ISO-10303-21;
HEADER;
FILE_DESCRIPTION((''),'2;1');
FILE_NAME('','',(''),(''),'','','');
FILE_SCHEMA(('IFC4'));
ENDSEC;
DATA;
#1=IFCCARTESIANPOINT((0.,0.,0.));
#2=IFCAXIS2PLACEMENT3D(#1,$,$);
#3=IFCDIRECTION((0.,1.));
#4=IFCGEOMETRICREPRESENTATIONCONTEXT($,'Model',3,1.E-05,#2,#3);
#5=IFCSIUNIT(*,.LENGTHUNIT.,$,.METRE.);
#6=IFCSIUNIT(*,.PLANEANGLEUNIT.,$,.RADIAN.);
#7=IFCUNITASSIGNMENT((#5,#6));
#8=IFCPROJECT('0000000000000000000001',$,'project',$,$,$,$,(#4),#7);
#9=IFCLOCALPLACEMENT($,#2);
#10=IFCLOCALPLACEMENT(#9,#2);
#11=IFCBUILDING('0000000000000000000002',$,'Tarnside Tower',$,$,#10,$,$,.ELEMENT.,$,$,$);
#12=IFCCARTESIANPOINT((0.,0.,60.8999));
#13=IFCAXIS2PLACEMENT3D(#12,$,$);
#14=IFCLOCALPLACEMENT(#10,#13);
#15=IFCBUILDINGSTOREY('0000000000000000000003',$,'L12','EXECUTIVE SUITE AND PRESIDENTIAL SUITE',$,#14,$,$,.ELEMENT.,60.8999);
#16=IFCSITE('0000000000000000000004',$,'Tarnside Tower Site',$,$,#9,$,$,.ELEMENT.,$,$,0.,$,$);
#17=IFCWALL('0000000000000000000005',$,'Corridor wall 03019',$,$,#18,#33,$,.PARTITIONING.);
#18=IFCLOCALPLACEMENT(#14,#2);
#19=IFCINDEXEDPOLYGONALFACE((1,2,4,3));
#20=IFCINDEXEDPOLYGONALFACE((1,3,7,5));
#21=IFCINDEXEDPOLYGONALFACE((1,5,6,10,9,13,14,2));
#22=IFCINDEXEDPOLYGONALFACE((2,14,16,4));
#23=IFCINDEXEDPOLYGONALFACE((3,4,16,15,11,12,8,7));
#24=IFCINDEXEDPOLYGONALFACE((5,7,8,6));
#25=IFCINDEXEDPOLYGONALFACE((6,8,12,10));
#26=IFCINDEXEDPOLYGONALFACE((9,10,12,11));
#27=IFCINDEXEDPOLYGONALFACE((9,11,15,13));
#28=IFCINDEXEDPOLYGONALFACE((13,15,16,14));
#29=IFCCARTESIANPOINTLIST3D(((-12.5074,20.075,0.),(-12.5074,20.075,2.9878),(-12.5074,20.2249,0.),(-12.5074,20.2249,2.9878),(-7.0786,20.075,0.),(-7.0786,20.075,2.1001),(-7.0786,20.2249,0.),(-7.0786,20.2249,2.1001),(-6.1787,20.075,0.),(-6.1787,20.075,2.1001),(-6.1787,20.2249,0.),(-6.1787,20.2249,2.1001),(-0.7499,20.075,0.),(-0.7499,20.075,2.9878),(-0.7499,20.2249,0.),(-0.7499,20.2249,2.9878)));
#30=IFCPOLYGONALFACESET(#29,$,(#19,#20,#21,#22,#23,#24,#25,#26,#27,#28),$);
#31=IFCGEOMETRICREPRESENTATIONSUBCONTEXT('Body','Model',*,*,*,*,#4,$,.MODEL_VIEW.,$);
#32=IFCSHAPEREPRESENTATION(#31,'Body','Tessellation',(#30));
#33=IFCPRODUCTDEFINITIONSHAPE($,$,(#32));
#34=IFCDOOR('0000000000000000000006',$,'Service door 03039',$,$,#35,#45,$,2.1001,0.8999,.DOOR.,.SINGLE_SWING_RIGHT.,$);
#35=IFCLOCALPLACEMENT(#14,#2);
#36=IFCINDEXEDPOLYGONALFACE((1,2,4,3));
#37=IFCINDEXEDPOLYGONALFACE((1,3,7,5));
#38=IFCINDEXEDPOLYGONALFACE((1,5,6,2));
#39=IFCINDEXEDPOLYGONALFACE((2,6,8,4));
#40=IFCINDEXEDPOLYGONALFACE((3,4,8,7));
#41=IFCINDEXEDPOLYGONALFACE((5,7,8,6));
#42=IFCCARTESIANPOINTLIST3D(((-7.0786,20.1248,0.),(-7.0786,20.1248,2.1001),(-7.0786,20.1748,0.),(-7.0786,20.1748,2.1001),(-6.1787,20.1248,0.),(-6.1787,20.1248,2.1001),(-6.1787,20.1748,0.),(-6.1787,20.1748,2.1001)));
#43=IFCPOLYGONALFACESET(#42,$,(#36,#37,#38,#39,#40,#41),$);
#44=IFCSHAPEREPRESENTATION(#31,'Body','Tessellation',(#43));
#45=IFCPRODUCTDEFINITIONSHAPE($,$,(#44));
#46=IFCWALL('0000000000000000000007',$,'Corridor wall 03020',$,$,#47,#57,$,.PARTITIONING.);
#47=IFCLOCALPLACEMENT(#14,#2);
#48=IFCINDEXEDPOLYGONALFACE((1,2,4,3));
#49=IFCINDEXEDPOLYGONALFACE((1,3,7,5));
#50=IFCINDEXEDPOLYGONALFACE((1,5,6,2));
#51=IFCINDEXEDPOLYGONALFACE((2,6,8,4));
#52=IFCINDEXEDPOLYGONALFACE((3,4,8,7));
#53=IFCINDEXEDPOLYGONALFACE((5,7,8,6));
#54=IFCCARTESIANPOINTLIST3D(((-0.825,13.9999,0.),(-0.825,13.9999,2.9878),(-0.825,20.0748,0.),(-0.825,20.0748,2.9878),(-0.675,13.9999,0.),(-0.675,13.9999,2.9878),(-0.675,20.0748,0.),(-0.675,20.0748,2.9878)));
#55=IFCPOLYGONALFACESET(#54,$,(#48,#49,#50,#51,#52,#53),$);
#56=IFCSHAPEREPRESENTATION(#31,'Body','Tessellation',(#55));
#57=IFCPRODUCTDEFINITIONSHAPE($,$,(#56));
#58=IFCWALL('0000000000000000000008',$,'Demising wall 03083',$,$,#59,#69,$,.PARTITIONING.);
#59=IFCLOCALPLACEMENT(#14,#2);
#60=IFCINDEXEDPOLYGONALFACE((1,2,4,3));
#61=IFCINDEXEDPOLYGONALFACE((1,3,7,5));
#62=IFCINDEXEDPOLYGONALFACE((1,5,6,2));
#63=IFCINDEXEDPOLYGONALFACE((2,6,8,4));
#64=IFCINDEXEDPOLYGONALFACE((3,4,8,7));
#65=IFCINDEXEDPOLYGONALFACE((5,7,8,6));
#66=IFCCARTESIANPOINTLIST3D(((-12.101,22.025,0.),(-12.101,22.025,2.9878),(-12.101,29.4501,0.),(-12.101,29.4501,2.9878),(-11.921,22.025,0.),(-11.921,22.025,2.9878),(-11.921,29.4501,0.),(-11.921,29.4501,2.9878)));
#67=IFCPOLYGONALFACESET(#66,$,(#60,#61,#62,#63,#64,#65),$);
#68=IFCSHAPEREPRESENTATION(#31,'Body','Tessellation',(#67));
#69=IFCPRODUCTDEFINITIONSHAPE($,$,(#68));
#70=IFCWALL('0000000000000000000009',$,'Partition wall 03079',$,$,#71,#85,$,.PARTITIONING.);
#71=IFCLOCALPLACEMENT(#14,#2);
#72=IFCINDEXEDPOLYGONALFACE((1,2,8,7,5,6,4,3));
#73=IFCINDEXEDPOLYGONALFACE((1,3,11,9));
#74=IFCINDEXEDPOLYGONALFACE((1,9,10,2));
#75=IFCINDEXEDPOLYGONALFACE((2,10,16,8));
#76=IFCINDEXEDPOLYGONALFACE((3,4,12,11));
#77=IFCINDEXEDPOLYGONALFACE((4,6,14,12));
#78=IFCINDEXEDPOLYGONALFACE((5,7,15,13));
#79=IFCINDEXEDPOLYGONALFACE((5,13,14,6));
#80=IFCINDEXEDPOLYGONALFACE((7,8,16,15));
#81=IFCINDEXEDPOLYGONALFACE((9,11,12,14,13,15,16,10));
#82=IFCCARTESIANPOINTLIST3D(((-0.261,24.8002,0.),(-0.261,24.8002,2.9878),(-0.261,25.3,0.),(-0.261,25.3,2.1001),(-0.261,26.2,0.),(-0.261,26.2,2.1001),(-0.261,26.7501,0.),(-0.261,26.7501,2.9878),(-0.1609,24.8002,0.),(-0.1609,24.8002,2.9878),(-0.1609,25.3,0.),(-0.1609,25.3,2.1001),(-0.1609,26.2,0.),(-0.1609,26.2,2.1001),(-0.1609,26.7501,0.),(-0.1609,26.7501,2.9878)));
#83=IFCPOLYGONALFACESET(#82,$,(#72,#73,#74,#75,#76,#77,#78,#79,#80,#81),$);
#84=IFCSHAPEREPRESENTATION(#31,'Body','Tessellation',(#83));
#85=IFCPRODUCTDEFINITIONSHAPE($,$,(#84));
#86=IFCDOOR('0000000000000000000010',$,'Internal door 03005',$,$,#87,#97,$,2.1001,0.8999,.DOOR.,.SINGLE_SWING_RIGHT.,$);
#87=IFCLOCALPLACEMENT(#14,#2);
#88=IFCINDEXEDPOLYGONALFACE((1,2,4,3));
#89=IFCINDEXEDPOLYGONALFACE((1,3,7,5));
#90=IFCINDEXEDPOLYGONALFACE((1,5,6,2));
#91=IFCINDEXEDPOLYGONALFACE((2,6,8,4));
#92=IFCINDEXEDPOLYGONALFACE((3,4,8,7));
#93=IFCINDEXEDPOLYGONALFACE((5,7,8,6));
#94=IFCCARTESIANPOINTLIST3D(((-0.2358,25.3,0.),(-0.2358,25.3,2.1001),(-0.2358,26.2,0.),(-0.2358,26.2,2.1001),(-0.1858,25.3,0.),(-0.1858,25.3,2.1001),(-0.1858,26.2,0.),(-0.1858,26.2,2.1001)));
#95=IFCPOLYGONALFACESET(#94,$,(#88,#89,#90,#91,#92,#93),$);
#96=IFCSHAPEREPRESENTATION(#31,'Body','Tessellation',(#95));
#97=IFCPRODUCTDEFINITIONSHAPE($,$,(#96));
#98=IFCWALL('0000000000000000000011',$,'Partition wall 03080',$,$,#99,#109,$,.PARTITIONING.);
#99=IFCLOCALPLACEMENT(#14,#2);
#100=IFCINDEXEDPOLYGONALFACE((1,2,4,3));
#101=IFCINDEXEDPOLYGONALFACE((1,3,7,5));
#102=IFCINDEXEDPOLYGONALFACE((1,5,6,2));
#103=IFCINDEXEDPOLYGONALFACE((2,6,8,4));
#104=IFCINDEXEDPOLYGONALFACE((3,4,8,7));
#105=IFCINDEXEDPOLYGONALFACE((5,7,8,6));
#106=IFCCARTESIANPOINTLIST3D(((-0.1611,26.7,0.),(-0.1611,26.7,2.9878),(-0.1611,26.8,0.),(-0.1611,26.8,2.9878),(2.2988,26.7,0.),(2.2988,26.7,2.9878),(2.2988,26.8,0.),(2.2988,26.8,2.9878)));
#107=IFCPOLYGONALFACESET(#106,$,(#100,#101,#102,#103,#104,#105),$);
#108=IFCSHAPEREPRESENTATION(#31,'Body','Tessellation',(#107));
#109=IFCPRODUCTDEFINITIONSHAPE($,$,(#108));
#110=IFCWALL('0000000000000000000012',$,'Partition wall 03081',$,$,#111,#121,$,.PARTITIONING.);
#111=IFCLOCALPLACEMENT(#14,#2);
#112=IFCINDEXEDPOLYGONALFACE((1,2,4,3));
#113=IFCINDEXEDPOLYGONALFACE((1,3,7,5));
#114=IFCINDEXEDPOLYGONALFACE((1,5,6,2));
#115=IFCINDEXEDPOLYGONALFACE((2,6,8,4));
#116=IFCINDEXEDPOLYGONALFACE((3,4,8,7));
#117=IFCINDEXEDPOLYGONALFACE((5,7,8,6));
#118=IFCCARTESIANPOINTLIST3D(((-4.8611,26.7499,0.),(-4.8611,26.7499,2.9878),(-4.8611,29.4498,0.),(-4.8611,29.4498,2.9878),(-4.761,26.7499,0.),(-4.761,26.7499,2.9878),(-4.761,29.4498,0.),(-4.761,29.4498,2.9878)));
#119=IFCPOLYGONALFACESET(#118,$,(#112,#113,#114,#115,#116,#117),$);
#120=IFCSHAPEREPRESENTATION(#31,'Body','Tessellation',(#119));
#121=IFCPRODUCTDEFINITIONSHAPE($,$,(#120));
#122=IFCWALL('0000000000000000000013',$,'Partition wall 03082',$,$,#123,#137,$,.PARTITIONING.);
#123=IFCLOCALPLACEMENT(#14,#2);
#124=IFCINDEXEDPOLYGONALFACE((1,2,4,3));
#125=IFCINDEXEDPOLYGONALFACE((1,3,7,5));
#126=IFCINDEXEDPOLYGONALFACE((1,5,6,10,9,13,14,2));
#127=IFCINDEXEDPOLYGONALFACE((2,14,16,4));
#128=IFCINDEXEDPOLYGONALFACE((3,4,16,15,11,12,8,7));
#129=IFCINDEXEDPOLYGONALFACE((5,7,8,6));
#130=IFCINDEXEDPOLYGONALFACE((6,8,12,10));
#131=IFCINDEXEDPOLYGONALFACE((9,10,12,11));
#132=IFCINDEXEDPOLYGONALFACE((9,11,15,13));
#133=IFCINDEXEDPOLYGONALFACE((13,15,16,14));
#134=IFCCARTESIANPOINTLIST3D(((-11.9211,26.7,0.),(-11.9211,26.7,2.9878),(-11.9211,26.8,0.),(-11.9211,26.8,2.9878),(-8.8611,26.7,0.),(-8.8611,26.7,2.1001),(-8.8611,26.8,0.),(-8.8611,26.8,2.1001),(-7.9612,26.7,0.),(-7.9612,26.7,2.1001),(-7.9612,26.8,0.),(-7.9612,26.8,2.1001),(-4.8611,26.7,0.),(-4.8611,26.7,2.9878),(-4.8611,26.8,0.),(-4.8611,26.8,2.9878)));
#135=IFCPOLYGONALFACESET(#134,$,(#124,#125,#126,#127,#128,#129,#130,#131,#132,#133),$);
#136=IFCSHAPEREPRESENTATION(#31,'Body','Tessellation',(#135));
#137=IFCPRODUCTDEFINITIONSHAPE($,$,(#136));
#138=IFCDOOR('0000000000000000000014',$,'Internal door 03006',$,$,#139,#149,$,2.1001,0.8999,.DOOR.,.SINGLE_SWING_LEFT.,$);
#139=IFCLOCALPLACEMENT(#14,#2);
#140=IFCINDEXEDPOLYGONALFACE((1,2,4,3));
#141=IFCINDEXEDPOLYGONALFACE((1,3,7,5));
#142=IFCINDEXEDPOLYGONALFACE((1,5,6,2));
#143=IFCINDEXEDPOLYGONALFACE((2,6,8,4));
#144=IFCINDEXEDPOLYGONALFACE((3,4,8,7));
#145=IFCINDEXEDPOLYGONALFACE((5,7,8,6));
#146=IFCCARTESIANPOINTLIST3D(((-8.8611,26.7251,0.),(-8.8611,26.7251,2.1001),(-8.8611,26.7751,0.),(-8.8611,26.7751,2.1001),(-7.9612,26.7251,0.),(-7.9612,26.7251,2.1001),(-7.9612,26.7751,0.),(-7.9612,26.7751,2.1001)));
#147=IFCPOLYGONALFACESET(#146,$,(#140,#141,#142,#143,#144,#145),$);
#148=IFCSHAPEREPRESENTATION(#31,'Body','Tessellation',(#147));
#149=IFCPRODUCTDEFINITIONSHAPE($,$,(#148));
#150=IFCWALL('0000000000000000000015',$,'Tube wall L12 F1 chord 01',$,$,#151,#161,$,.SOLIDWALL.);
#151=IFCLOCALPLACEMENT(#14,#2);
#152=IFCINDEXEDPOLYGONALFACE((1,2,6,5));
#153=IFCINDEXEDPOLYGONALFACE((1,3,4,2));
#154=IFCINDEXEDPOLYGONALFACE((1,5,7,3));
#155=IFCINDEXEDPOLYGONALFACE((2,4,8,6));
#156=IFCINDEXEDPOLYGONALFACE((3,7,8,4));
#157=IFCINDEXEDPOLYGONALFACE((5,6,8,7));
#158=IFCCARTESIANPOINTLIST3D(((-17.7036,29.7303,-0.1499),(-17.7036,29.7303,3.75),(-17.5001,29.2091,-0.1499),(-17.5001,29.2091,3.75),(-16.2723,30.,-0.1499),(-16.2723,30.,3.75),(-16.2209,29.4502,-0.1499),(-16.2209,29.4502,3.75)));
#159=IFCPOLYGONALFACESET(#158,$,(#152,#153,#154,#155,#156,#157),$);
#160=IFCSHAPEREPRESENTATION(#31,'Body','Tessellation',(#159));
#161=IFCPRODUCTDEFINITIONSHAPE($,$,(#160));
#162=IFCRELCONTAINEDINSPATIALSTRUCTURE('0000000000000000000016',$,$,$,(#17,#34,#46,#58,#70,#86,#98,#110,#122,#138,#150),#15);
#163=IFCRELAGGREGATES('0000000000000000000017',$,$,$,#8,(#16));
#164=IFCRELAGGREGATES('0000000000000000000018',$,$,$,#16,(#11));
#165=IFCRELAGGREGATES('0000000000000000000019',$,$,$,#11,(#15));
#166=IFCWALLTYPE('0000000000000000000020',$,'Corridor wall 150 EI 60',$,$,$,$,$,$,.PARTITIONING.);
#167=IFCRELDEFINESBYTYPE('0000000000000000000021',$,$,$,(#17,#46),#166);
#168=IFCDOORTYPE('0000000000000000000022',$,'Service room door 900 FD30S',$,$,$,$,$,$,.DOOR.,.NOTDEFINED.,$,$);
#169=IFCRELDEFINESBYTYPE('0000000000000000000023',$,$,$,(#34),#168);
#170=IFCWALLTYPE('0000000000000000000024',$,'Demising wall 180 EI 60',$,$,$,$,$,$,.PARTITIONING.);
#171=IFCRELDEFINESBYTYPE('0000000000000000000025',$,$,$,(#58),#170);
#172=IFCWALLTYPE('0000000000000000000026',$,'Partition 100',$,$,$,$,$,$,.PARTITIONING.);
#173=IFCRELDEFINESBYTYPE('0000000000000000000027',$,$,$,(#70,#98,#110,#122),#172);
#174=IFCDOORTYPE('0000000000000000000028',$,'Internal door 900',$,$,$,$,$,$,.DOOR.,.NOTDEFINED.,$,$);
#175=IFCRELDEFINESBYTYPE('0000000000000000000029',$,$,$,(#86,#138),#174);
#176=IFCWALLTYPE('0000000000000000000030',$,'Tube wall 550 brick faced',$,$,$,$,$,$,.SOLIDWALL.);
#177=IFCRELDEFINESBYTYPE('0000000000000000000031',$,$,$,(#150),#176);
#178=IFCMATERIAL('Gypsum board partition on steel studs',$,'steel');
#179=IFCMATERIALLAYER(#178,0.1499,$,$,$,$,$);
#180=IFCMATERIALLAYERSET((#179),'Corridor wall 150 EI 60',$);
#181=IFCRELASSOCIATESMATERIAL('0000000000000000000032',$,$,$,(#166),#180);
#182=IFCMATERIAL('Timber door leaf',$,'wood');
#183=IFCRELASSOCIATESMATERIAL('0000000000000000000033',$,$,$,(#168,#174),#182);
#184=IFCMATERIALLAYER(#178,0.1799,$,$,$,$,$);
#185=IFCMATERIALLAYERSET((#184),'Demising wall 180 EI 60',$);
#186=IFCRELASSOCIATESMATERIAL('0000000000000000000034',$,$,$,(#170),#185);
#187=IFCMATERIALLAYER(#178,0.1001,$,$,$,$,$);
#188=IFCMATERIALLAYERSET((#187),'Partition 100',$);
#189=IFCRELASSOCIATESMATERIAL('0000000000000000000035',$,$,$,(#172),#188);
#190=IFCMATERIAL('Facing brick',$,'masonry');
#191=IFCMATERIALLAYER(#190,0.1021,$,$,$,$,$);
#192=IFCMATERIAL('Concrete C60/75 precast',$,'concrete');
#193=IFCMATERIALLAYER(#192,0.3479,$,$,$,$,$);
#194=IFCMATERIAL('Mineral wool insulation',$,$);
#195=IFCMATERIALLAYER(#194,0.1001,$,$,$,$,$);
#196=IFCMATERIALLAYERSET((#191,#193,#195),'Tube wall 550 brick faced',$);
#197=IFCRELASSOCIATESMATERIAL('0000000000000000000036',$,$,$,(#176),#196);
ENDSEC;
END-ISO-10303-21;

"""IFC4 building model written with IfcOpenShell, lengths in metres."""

from ifc_helpers import new_model, si_unit, direction, frame, frame_2d, origin, place, context, subcontext, project, spatial, polyline, rectangle, outline, extrude, material, layer, layer_set, type_object, element, fill, save


model = new_model("IFC4")

# Units and contexts
model_context = context("Model", 3, precision=1e-05, world=origin(), true_north=direction((0.0, 1.0)))
body_context = subcontext(model_context, "Body", "Model", "MODEL_VIEW")
ifc_project = project(units=[si_unit("LENGTHUNIT", "METRE"), si_unit("PLANEANGLEUNIT", "RADIAN")], contexts=[model_context])

# Site, building, storey
site_placement = place(None, origin())
site = spatial("IfcSite", under=ifc_project, at=site_placement, Name="Tarnside Tower Site", CompositionType="ELEMENT", RefElevation=0.0)
building_placement = place(site_placement, origin())
building = spatial("IfcBuilding", under=site, at=building_placement, Name="Tarnside Tower", CompositionType="ELEMENT")
storey_placement = place(building_placement, frame((0.0, 0.0, 60.8999)))
storey = spatial("IfcBuildingStorey", under=building, at=storey_placement, Name="L12", Description="EXECUTIVE SUITE AND PRESIDENTIAL SUITE", CompositionType="ELEMENT", Elevation=60.8999)

# Shared definitions
ifc_material_1 = material(Name="Gypsum board partition on steel studs", Category="steel")
ifc_material_2 = material(Name="Timber door leaf", Category="wood")

# Shared definitions
ifc_layer_1 = layer(ifc_material_1, 0.1499)
ifc_layer_set_1 = layer_set([ifc_layer_1], Name="Corridor wall 150 EI 60")
wall_type_1 = type_object("IfcWallType", Name="Corridor wall 150 EI 60", PredefinedType="PARTITIONING", material=ifc_layer_set_1)

# Wall, opening, door
wall_1_placement = place(storey_placement, frame((-12.5076, 20.1499, 0.0), z_axis=(0.0, 0.0, 1.0), x_axis=(1.0, 0.0, 0.0)))
wall_1 = element("IfcWall", 1, at=wall_1_placement, inside=storey, type_object=wall_type_1, Name="Corridor wall 03019", PredefinedType="PARTITIONING", context=body_context, shape_type="SweptSolid", body=[
    extrude(rectangle(XDim=11.7576, YDim=0.1499, at=frame_2d((5.8789, 0.0))), origin(), (0.0, 0.0, 1.0), 2.9878),
])
opening_1_placement = place(wall_1_placement, frame((5.429, 0.0, 0.0)))
opening_1 = element("IfcOpeningElement", 2, at=opening_1_placement, cuts=wall_1, PredefinedType="OPENING", context=body_context, shape_type="SweptSolid", body=[
    extrude(rectangle(XDim=0.8999, YDim=2.1001, at=frame_2d((0.45, 1.05))), frame((0.0, 0.085, 0.0), z_axis=(0.0, -1.0, 0.0), x_axis=(1.0, 0.0, 0.0)), (0.0, 0.0, 1.0), 0.1699),
])
door_type_1 = type_object("IfcDoorType", Name="Service room door 900 FD30S", OperationType="NOTDEFINED", PredefinedType="DOOR", material=ifc_material_2)
door_1_placement = place(opening_1_placement, origin())
door_1 = element("IfcDoor", 3, at=door_1_placement, inside=storey, type_object=door_type_1, Name="Service door 03039", OperationType="SINGLE_SWING_RIGHT", OverallHeight=2.1001, OverallWidth=0.8999, PredefinedType="DOOR", context=body_context, shape_type="SweptSolid", body=[
    extrude(rectangle(XDim=0.8999, YDim=2.1001, at=frame_2d((0.45, 1.05))), frame((0.0, 0.0249, 0.0), z_axis=(0.0, -1.0, 0.0), x_axis=(1.0, 0.0, 0.0)), (0.0, 0.0, 1.0), 0.05),
])
fill(opening_1, door_1)

# Walls
wall_2_placement = place(storey_placement, frame((-0.75, 20.075, 0.0), z_axis=(0.0, 0.0, 1.0), x_axis=(0.0, -1.0, 0.0)))
element("IfcWall", 4, at=wall_2_placement, inside=storey, type_object=wall_type_1, Name="Corridor wall 03020", PredefinedType="PARTITIONING", context=body_context, shape_type="SweptSolid", body=[
    extrude(rectangle(XDim=6.075, YDim=0.1499, at=frame_2d((3.0376, 0.0))), origin(), (0.0, 0.0, 1.0), 2.9878),
])
ifc_layer_2 = layer(ifc_material_1, 0.1799)
ifc_layer_set_2 = layer_set([ifc_layer_2], Name="Demising wall 180 EI 60")
wall_type_2 = type_object("IfcWallType", Name="Demising wall 180 EI 60", PredefinedType="PARTITIONING", material=ifc_layer_set_2)
wall_3_placement = place(storey_placement, frame((-12.011, 29.45, 0.0), z_axis=(0.0, 0.0, 1.0), x_axis=(0.0, -1.0, 0.0)))
element("IfcWall", 5, at=wall_3_placement, inside=storey, type_object=wall_type_2, Name="Demising wall 03083", PredefinedType="PARTITIONING", context=body_context, shape_type="SweptSolid", body=[
    extrude(rectangle(XDim=7.425, YDim=0.1799, at=frame_2d((3.7124, 0.0))), origin(), (0.0, 0.0, 1.0), 2.9878),
])

# Wall, opening, door
ifc_layer_3 = layer(ifc_material_1, 0.1001)
ifc_layer_set_3 = layer_set([ifc_layer_3], Name="Partition 100")
wall_type_3 = type_object("IfcWallType", Name="Partition 100", PredefinedType="PARTITIONING", material=ifc_layer_set_3)
wall_4_placement = place(storey_placement, frame((-0.2109, 24.8, 0.0), z_axis=(0.0, 0.0, 1.0), x_axis=(0.0, 1.0, 0.0)))
wall_4 = element("IfcWall", 6, at=wall_4_placement, inside=storey, type_object=wall_type_3, Name="Partition wall 03079", PredefinedType="PARTITIONING", context=body_context, shape_type="SweptSolid", body=[
    extrude(rectangle(XDim=1.95, YDim=0.1001, at=frame_2d((0.9751, 0.0))), origin(), (0.0, 0.0, 1.0), 2.9878),
])
opening_2_placement = place(wall_4_placement, frame((0.5, 0.0, 0.0)))
opening_2 = element("IfcOpeningElement", 7, at=opening_2_placement, cuts=wall_4, PredefinedType="OPENING", context=body_context, shape_type="SweptSolid", body=[
    extrude(rectangle(XDim=0.8999, YDim=2.1001, at=frame_2d((0.45, 1.05))), frame((0.0, 0.0601, 0.0), z_axis=(0.0, -1.0, 0.0), x_axis=(1.0, 0.0, 0.0)), (0.0, 0.0, 1.0), 0.1201),
])
door_type_2 = type_object("IfcDoorType", Name="Internal door 900", OperationType="NOTDEFINED", PredefinedType="DOOR", material=ifc_material_2)
door_2_placement = place(opening_2_placement, origin())
door_2 = element("IfcDoor", 8, at=door_2_placement, inside=storey, type_object=door_type_2, Name="Internal door 03005", OperationType="SINGLE_SWING_RIGHT", OverallHeight=2.1001, OverallWidth=0.8999, PredefinedType="DOOR", context=body_context, shape_type="SweptSolid", body=[
    extrude(rectangle(XDim=0.8999, YDim=2.1001, at=frame_2d((0.45, 1.05))), frame((0.0, 0.0249, 0.0), z_axis=(0.0, -1.0, 0.0), x_axis=(1.0, 0.0, 0.0)), (0.0, 0.0, 1.0), 0.05),
])
fill(opening_2, door_2)

# Walls
wall_5_placement = place(storey_placement, frame((-0.1611, 26.75, 0.0), z_axis=(0.0, 0.0, 1.0), x_axis=(1.0, 0.0, 0.0)))
element("IfcWall", 9, at=wall_5_placement, inside=storey, type_object=wall_type_3, Name="Partition wall 03080", PredefinedType="PARTITIONING", context=body_context, shape_type="SweptSolid", body=[
    extrude(rectangle(XDim=2.46, YDim=0.1001, at=frame_2d((1.23, 0.0))), origin(), (0.0, 0.0, 1.0), 2.9878),
])
wall_6_placement = place(storey_placement, frame((-4.811, 29.45, 0.0), z_axis=(0.0, 0.0, 1.0), x_axis=(0.0, -1.0, 0.0)))
element("IfcWall", 10, at=wall_6_placement, inside=storey, type_object=wall_type_3, Name="Partition wall 03081", PredefinedType="PARTITIONING", context=body_context, shape_type="SweptSolid", body=[
    extrude(rectangle(XDim=2.7, YDim=0.1001, at=frame_2d((1.3501, 0.0))), origin(), (0.0, 0.0, 1.0), 2.9878),
])

# Wall, opening, door
wall_7_placement = place(storey_placement, frame((-4.8611, 26.75, 0.0), z_axis=(0.0, 0.0, 1.0), x_axis=(-1.0, 0.0, 0.0)))
wall_7 = element("IfcWall", 11, at=wall_7_placement, inside=storey, type_object=wall_type_3, Name="Partition wall 03082", PredefinedType="PARTITIONING", context=body_context, shape_type="SweptSolid", body=[
    extrude(rectangle(XDim=7.0601, YDim=0.1001, at=frame_2d((3.53, 0.0))), origin(), (0.0, 0.0, 1.0), 2.9878),
])
opening_3_placement = place(wall_7_placement, frame((3.1001, 0.0, 0.0)))
opening_3 = element("IfcOpeningElement", 12, at=opening_3_placement, cuts=wall_7, PredefinedType="OPENING", context=body_context, shape_type="SweptSolid", body=[
    extrude(rectangle(XDim=0.8999, YDim=2.1001, at=frame_2d((0.45, 1.05))), frame((0.0, 0.0601, 0.0), z_axis=(0.0, -1.0, 0.0), x_axis=(1.0, 0.0, 0.0)), (0.0, 0.0, 1.0), 0.1201),
])
door_3_placement = place(opening_3_placement, origin())
door_3 = element("IfcDoor", 13, at=door_3_placement, inside=storey, type_object=door_type_2, Name="Internal door 03006", OperationType="SINGLE_SWING_LEFT", OverallHeight=2.1001, OverallWidth=0.8999, PredefinedType="DOOR", context=body_context, shape_type="SweptSolid", body=[
    extrude(rectangle(XDim=0.8999, YDim=2.1001, at=frame_2d((0.45, 1.05))), frame((0.0, 0.0249, 0.0), z_axis=(0.0, -1.0, 0.0), x_axis=(1.0, 0.0, 0.0)), (0.0, 0.0, 1.0), 0.05),
])
fill(opening_3, door_3)

# Wall
ifc_material_3 = material(Name="Facing brick", Category="masonry")
ifc_layer_4 = layer(ifc_material_3, 0.1021)
ifc_material_4 = material(Name="Concrete C60/75 precast", Category="concrete")
ifc_layer_5 = layer(ifc_material_4, 0.3479)
ifc_material_5 = material(Name="Mineral wool insulation")
ifc_layer_6 = layer(ifc_material_5, 0.1001)
ifc_layer_set_4 = layer_set([ifc_layer_4, ifc_layer_5, ifc_layer_6], Name="Tube wall 550 brick faced")
wall_type_4 = type_object("IfcWallType", Name="Tube wall 550 brick faced", PredefinedType="SOLIDWALL", material=ifc_layer_set_4)
wall_8_placement = place(storey_placement, frame((-16.2466, 29.7251, -0.1499), z_axis=(0.0, 0.0, 1.0), x_axis=(-0.982705, -0.185176, 0.0)))
element("IfcWall", 14, at=wall_8_placement, inside=storey, type_object=wall_type_4, Name="Tube wall L12 F1 chord 01", PredefinedType="SOLIDWALL", context=body_context, shape_type="SweptSolid", body=[
    extrude(outline(polyline([(-0.0256, -0.2749), (1.4309, -0.2749), (1.3274, 0.2749), (0.0256, 0.2749), (-0.0256, -0.2749)])), origin(), (0.0, 0.0, 1.0), 3.8999),
])

save(model, "model.ifc")
